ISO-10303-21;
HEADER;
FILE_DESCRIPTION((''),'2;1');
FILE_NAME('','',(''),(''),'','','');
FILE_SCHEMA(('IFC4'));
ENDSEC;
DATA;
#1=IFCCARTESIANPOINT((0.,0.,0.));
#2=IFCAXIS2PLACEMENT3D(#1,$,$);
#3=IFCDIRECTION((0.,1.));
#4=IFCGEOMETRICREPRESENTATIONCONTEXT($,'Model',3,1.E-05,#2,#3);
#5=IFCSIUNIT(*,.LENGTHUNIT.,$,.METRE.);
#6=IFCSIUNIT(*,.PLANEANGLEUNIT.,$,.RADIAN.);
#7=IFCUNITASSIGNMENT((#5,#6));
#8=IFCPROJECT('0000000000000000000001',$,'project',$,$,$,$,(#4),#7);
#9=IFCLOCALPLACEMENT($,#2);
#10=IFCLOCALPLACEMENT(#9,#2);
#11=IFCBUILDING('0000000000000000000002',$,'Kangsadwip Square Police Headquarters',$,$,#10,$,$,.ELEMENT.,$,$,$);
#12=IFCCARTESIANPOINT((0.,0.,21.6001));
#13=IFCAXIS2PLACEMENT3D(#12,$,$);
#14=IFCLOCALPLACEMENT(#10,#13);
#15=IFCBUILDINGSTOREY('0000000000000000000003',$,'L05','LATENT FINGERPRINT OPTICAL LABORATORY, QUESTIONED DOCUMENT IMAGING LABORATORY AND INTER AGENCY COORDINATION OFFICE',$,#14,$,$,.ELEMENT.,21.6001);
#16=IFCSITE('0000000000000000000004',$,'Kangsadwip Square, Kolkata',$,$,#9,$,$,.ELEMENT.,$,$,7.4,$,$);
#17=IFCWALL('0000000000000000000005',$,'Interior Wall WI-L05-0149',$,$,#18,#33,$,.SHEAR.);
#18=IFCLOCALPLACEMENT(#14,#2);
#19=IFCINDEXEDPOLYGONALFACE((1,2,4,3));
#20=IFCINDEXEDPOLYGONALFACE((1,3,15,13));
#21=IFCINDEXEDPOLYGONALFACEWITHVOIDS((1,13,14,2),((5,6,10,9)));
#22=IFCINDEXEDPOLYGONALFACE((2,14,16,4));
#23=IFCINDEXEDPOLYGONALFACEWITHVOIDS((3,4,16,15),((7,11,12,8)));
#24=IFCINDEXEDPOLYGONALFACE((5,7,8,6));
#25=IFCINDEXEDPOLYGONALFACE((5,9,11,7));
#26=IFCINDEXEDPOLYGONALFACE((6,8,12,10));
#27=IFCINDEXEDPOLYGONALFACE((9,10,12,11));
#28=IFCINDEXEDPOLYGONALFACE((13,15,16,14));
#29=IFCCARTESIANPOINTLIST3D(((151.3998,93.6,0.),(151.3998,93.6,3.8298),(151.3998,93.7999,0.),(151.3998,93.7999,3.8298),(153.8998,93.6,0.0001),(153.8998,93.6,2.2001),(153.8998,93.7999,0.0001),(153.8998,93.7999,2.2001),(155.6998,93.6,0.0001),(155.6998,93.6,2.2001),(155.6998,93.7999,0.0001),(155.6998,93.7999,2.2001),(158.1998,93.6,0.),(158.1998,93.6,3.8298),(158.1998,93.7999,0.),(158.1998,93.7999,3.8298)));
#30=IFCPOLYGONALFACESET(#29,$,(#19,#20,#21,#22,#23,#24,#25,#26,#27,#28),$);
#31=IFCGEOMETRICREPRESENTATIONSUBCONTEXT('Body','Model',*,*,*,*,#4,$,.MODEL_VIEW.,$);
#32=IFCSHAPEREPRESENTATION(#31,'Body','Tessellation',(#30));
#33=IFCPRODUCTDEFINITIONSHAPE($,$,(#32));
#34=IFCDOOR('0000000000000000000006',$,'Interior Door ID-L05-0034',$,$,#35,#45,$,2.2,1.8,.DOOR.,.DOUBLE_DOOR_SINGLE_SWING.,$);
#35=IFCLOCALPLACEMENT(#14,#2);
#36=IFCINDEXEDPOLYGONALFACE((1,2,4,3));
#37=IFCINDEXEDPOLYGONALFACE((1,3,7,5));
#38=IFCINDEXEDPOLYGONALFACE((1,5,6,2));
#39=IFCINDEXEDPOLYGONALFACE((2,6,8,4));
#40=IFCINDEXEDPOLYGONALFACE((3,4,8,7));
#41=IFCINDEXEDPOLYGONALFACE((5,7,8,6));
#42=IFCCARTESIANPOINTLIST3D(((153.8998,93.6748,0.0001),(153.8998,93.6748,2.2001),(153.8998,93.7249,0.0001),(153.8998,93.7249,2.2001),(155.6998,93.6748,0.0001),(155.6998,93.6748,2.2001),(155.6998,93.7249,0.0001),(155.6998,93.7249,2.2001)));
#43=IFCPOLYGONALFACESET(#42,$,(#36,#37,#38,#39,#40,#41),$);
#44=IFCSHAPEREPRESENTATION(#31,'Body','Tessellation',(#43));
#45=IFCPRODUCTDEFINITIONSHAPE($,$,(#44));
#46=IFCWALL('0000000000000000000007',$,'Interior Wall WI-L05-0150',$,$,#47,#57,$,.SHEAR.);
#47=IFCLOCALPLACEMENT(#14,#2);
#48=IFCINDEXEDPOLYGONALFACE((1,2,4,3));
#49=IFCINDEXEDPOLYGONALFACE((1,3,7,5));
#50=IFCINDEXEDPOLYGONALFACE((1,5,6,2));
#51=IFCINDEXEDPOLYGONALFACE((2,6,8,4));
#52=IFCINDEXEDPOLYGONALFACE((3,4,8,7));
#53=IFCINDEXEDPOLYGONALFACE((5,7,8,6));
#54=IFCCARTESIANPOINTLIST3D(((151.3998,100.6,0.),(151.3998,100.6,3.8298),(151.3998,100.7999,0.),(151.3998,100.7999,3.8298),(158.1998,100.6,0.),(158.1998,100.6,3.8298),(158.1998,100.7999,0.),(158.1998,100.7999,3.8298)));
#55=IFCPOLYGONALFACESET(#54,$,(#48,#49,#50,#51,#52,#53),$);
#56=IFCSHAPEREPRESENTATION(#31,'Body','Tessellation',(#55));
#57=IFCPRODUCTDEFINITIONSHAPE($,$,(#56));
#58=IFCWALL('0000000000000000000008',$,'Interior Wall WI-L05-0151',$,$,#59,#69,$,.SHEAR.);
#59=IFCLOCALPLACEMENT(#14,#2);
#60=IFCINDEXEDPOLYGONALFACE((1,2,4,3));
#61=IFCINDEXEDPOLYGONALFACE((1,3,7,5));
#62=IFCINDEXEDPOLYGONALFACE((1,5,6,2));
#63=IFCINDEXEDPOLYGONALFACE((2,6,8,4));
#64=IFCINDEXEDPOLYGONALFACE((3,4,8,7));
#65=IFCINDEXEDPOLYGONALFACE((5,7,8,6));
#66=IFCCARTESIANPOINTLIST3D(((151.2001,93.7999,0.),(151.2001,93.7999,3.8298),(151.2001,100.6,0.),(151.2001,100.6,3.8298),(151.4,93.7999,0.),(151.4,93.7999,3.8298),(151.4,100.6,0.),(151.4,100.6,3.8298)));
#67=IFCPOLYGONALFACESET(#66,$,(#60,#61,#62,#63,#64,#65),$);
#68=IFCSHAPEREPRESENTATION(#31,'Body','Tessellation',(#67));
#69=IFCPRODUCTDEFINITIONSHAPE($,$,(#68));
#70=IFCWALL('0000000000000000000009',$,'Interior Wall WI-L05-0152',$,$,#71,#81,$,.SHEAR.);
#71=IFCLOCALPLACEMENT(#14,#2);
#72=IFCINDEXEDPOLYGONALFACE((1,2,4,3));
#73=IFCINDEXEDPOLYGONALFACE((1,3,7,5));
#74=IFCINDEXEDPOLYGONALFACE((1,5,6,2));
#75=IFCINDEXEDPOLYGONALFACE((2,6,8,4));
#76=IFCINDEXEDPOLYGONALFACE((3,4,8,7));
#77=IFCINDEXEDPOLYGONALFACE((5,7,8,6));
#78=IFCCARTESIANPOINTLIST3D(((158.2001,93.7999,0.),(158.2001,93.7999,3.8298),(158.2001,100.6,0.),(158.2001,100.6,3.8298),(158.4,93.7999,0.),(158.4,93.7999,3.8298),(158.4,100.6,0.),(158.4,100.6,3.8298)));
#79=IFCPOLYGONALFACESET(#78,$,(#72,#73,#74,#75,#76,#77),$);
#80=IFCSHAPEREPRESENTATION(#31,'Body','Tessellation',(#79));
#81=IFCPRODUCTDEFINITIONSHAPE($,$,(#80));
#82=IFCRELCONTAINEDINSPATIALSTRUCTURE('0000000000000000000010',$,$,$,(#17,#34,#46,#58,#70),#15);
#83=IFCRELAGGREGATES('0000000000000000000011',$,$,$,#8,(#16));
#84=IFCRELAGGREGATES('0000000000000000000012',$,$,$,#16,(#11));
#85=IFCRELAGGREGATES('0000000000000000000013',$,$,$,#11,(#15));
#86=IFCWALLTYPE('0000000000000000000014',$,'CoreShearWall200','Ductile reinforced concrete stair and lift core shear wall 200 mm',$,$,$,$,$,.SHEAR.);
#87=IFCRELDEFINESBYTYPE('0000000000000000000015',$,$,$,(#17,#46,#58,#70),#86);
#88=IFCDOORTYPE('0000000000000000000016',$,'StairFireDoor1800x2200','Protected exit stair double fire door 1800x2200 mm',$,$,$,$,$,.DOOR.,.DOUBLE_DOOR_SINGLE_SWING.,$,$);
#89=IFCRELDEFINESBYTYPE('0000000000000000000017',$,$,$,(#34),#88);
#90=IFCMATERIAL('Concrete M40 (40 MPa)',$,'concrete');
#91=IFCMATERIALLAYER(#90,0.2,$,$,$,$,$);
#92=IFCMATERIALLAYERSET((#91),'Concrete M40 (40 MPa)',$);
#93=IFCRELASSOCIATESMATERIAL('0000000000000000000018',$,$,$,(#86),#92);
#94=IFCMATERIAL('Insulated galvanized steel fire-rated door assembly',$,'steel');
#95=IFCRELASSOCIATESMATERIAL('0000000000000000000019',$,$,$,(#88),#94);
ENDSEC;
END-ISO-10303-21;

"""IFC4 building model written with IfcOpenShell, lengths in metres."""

from ifc_helpers import new_model, si_unit, direction, frame, frame_2d, origin, place, context, subcontext, project, spatial, rectangle, extrude, material, layer, layer_set, type_object, element, fill, save


model = new_model("IFC4")

# Units and contexts
model_context = context("Model", 3, precision=1e-05, world=origin(), true_north=direction((0.0, 1.0)))
body_context = subcontext(model_context, "Body", "Model", "MODEL_VIEW")
ifc_project = project(units=[si_unit("LENGTHUNIT", "METRE"), si_unit("PLANEANGLEUNIT", "RADIAN")], contexts=[model_context])

# Site, building, storey
site_placement = place(None, origin())
site = spatial("IfcSite", under=ifc_project, at=site_placement, Name="Kangsadwip Square, Kolkata", CompositionType="ELEMENT", RefElevation=7.4)
building_placement = place(site_placement, origin())
building = spatial("IfcBuilding", under=site, at=building_placement, Name="Kangsadwip Square Police Headquarters", CompositionType="ELEMENT")
storey_placement = place(building_placement, frame((0.0, 0.0, 21.6001)))
storey = spatial("IfcBuildingStorey", under=building, at=storey_placement, Name="L05", Description="LATENT FINGERPRINT OPTICAL LABORATORY, QUESTIONED DOCUMENT IMAGING LABORATORY AND INTER AGENCY COORDINATION OFFICE", CompositionType="ELEMENT", Elevation=21.6001)

# Wall, opening, door
ifc_material_1 = material(Name="Concrete M40 (40 MPa)", Category="concrete")
ifc_layer_1 = layer(ifc_material_1, 0.2)
ifc_layer_set_1 = layer_set([ifc_layer_1], Name="Concrete M40 (40 MPa)")
wall_type_1 = type_object("IfcWallType", Name="CoreShearWall200", Description="Ductile reinforced concrete stair and lift core shear wall 200 mm", PredefinedType="SHEAR", material=ifc_layer_set_1)
wall_1_placement = place(storey_placement, frame((151.3999, 93.7, 0.0), z_axis=(0.0, 0.0, 1.0), x_axis=(1.0, 0.0, 0.0)))
wall_1 = element("IfcWall", 1, at=wall_1_placement, inside=storey, type_object=wall_type_1, Name="Interior Wall WI-L05-0149", PredefinedType="SHEAR", context=body_context, shape_type="SweptSolid", body=[
    extrude(rectangle(XDim=6.8, YDim=0.2, at=frame_2d((3.3999, 0.0))), origin(), (0.0, 0.0, 1.0), 3.8298),
])
opening_1_placement = place(wall_1_placement, frame((2.5, 0.0, 0.0)))
opening_1 = element("IfcOpeningElement", 2, at=opening_1_placement, cuts=wall_1, PredefinedType="OPENING", context=body_context, shape_type="SweptSolid", body=[
    extrude(rectangle(XDim=1.8, YDim=2.2, at=frame_2d((0.8999, 1.1001))), frame((0.0, 0.1099, 0.0), z_axis=(0.0, -1.0, 0.0), x_axis=(1.0, 0.0, 0.0)), (0.0, 0.0, 1.0), 0.22),
])
ifc_material_2 = material(Name="Insulated galvanized steel fire-rated door assembly", Category="steel")
door_type = type_object("IfcDoorType", Name="StairFireDoor1800x2200", Description="Protected exit stair double fire door 1800x2200 mm", OperationType="DOUBLE_DOOR_SINGLE_SWING", PredefinedType="DOOR", material=ifc_material_2)
door_placement = place(opening_1_placement, origin())
door = element("IfcDoor", 3, at=door_placement, inside=storey, type_object=door_type, Name="Interior Door ID-L05-0034", OperationType="DOUBLE_DOOR_SINGLE_SWING", OverallHeight=2.2, OverallWidth=1.8, PredefinedType="DOOR", context=body_context, shape_type="SweptSolid", body=[
    extrude(rectangle(XDim=1.8, YDim=2.2, at=frame_2d((0.8999, 1.1001))), frame((0.0, 0.0249, 0.0), z_axis=(0.0, -1.0, 0.0), x_axis=(1.0, 0.0, 0.0)), (0.0, 0.0, 1.0), 0.05),
])
fill(opening_1, door)

# Walls
for number, where, z_axis, x_axis, name in (
    (4, (151.3999, 100.7, 0.0), (0.0, 0.0, 1.0), (1.0, 0.0, 0.0), "Interior Wall WI-L05-0150"),
    (5, (151.3, 93.8, 0.0), (0.0, 0.0, 1.0), (0.0, 1.0, 0.0), "Interior Wall WI-L05-0151"),
    (6, (158.3, 93.8, 0.0), (0.0, 0.0, 1.0), (0.0, 1.0, 0.0), "Interior Wall WI-L05-0152"),
):
    element("IfcWall", number, at=place(storey_placement, frame(where, z_axis=z_axis, x_axis=x_axis)), inside=storey, type_object=wall_type_1, Name=name, PredefinedType="SHEAR", context=body_context, shape_type="SweptSolid", body=[
        extrude(rectangle(XDim=6.8, YDim=0.2, at=frame_2d((3.3999, 0.0))), origin(), (0.0, 0.0, 1.0), 3.8298),
    ])

save(model, "model.ifc")
